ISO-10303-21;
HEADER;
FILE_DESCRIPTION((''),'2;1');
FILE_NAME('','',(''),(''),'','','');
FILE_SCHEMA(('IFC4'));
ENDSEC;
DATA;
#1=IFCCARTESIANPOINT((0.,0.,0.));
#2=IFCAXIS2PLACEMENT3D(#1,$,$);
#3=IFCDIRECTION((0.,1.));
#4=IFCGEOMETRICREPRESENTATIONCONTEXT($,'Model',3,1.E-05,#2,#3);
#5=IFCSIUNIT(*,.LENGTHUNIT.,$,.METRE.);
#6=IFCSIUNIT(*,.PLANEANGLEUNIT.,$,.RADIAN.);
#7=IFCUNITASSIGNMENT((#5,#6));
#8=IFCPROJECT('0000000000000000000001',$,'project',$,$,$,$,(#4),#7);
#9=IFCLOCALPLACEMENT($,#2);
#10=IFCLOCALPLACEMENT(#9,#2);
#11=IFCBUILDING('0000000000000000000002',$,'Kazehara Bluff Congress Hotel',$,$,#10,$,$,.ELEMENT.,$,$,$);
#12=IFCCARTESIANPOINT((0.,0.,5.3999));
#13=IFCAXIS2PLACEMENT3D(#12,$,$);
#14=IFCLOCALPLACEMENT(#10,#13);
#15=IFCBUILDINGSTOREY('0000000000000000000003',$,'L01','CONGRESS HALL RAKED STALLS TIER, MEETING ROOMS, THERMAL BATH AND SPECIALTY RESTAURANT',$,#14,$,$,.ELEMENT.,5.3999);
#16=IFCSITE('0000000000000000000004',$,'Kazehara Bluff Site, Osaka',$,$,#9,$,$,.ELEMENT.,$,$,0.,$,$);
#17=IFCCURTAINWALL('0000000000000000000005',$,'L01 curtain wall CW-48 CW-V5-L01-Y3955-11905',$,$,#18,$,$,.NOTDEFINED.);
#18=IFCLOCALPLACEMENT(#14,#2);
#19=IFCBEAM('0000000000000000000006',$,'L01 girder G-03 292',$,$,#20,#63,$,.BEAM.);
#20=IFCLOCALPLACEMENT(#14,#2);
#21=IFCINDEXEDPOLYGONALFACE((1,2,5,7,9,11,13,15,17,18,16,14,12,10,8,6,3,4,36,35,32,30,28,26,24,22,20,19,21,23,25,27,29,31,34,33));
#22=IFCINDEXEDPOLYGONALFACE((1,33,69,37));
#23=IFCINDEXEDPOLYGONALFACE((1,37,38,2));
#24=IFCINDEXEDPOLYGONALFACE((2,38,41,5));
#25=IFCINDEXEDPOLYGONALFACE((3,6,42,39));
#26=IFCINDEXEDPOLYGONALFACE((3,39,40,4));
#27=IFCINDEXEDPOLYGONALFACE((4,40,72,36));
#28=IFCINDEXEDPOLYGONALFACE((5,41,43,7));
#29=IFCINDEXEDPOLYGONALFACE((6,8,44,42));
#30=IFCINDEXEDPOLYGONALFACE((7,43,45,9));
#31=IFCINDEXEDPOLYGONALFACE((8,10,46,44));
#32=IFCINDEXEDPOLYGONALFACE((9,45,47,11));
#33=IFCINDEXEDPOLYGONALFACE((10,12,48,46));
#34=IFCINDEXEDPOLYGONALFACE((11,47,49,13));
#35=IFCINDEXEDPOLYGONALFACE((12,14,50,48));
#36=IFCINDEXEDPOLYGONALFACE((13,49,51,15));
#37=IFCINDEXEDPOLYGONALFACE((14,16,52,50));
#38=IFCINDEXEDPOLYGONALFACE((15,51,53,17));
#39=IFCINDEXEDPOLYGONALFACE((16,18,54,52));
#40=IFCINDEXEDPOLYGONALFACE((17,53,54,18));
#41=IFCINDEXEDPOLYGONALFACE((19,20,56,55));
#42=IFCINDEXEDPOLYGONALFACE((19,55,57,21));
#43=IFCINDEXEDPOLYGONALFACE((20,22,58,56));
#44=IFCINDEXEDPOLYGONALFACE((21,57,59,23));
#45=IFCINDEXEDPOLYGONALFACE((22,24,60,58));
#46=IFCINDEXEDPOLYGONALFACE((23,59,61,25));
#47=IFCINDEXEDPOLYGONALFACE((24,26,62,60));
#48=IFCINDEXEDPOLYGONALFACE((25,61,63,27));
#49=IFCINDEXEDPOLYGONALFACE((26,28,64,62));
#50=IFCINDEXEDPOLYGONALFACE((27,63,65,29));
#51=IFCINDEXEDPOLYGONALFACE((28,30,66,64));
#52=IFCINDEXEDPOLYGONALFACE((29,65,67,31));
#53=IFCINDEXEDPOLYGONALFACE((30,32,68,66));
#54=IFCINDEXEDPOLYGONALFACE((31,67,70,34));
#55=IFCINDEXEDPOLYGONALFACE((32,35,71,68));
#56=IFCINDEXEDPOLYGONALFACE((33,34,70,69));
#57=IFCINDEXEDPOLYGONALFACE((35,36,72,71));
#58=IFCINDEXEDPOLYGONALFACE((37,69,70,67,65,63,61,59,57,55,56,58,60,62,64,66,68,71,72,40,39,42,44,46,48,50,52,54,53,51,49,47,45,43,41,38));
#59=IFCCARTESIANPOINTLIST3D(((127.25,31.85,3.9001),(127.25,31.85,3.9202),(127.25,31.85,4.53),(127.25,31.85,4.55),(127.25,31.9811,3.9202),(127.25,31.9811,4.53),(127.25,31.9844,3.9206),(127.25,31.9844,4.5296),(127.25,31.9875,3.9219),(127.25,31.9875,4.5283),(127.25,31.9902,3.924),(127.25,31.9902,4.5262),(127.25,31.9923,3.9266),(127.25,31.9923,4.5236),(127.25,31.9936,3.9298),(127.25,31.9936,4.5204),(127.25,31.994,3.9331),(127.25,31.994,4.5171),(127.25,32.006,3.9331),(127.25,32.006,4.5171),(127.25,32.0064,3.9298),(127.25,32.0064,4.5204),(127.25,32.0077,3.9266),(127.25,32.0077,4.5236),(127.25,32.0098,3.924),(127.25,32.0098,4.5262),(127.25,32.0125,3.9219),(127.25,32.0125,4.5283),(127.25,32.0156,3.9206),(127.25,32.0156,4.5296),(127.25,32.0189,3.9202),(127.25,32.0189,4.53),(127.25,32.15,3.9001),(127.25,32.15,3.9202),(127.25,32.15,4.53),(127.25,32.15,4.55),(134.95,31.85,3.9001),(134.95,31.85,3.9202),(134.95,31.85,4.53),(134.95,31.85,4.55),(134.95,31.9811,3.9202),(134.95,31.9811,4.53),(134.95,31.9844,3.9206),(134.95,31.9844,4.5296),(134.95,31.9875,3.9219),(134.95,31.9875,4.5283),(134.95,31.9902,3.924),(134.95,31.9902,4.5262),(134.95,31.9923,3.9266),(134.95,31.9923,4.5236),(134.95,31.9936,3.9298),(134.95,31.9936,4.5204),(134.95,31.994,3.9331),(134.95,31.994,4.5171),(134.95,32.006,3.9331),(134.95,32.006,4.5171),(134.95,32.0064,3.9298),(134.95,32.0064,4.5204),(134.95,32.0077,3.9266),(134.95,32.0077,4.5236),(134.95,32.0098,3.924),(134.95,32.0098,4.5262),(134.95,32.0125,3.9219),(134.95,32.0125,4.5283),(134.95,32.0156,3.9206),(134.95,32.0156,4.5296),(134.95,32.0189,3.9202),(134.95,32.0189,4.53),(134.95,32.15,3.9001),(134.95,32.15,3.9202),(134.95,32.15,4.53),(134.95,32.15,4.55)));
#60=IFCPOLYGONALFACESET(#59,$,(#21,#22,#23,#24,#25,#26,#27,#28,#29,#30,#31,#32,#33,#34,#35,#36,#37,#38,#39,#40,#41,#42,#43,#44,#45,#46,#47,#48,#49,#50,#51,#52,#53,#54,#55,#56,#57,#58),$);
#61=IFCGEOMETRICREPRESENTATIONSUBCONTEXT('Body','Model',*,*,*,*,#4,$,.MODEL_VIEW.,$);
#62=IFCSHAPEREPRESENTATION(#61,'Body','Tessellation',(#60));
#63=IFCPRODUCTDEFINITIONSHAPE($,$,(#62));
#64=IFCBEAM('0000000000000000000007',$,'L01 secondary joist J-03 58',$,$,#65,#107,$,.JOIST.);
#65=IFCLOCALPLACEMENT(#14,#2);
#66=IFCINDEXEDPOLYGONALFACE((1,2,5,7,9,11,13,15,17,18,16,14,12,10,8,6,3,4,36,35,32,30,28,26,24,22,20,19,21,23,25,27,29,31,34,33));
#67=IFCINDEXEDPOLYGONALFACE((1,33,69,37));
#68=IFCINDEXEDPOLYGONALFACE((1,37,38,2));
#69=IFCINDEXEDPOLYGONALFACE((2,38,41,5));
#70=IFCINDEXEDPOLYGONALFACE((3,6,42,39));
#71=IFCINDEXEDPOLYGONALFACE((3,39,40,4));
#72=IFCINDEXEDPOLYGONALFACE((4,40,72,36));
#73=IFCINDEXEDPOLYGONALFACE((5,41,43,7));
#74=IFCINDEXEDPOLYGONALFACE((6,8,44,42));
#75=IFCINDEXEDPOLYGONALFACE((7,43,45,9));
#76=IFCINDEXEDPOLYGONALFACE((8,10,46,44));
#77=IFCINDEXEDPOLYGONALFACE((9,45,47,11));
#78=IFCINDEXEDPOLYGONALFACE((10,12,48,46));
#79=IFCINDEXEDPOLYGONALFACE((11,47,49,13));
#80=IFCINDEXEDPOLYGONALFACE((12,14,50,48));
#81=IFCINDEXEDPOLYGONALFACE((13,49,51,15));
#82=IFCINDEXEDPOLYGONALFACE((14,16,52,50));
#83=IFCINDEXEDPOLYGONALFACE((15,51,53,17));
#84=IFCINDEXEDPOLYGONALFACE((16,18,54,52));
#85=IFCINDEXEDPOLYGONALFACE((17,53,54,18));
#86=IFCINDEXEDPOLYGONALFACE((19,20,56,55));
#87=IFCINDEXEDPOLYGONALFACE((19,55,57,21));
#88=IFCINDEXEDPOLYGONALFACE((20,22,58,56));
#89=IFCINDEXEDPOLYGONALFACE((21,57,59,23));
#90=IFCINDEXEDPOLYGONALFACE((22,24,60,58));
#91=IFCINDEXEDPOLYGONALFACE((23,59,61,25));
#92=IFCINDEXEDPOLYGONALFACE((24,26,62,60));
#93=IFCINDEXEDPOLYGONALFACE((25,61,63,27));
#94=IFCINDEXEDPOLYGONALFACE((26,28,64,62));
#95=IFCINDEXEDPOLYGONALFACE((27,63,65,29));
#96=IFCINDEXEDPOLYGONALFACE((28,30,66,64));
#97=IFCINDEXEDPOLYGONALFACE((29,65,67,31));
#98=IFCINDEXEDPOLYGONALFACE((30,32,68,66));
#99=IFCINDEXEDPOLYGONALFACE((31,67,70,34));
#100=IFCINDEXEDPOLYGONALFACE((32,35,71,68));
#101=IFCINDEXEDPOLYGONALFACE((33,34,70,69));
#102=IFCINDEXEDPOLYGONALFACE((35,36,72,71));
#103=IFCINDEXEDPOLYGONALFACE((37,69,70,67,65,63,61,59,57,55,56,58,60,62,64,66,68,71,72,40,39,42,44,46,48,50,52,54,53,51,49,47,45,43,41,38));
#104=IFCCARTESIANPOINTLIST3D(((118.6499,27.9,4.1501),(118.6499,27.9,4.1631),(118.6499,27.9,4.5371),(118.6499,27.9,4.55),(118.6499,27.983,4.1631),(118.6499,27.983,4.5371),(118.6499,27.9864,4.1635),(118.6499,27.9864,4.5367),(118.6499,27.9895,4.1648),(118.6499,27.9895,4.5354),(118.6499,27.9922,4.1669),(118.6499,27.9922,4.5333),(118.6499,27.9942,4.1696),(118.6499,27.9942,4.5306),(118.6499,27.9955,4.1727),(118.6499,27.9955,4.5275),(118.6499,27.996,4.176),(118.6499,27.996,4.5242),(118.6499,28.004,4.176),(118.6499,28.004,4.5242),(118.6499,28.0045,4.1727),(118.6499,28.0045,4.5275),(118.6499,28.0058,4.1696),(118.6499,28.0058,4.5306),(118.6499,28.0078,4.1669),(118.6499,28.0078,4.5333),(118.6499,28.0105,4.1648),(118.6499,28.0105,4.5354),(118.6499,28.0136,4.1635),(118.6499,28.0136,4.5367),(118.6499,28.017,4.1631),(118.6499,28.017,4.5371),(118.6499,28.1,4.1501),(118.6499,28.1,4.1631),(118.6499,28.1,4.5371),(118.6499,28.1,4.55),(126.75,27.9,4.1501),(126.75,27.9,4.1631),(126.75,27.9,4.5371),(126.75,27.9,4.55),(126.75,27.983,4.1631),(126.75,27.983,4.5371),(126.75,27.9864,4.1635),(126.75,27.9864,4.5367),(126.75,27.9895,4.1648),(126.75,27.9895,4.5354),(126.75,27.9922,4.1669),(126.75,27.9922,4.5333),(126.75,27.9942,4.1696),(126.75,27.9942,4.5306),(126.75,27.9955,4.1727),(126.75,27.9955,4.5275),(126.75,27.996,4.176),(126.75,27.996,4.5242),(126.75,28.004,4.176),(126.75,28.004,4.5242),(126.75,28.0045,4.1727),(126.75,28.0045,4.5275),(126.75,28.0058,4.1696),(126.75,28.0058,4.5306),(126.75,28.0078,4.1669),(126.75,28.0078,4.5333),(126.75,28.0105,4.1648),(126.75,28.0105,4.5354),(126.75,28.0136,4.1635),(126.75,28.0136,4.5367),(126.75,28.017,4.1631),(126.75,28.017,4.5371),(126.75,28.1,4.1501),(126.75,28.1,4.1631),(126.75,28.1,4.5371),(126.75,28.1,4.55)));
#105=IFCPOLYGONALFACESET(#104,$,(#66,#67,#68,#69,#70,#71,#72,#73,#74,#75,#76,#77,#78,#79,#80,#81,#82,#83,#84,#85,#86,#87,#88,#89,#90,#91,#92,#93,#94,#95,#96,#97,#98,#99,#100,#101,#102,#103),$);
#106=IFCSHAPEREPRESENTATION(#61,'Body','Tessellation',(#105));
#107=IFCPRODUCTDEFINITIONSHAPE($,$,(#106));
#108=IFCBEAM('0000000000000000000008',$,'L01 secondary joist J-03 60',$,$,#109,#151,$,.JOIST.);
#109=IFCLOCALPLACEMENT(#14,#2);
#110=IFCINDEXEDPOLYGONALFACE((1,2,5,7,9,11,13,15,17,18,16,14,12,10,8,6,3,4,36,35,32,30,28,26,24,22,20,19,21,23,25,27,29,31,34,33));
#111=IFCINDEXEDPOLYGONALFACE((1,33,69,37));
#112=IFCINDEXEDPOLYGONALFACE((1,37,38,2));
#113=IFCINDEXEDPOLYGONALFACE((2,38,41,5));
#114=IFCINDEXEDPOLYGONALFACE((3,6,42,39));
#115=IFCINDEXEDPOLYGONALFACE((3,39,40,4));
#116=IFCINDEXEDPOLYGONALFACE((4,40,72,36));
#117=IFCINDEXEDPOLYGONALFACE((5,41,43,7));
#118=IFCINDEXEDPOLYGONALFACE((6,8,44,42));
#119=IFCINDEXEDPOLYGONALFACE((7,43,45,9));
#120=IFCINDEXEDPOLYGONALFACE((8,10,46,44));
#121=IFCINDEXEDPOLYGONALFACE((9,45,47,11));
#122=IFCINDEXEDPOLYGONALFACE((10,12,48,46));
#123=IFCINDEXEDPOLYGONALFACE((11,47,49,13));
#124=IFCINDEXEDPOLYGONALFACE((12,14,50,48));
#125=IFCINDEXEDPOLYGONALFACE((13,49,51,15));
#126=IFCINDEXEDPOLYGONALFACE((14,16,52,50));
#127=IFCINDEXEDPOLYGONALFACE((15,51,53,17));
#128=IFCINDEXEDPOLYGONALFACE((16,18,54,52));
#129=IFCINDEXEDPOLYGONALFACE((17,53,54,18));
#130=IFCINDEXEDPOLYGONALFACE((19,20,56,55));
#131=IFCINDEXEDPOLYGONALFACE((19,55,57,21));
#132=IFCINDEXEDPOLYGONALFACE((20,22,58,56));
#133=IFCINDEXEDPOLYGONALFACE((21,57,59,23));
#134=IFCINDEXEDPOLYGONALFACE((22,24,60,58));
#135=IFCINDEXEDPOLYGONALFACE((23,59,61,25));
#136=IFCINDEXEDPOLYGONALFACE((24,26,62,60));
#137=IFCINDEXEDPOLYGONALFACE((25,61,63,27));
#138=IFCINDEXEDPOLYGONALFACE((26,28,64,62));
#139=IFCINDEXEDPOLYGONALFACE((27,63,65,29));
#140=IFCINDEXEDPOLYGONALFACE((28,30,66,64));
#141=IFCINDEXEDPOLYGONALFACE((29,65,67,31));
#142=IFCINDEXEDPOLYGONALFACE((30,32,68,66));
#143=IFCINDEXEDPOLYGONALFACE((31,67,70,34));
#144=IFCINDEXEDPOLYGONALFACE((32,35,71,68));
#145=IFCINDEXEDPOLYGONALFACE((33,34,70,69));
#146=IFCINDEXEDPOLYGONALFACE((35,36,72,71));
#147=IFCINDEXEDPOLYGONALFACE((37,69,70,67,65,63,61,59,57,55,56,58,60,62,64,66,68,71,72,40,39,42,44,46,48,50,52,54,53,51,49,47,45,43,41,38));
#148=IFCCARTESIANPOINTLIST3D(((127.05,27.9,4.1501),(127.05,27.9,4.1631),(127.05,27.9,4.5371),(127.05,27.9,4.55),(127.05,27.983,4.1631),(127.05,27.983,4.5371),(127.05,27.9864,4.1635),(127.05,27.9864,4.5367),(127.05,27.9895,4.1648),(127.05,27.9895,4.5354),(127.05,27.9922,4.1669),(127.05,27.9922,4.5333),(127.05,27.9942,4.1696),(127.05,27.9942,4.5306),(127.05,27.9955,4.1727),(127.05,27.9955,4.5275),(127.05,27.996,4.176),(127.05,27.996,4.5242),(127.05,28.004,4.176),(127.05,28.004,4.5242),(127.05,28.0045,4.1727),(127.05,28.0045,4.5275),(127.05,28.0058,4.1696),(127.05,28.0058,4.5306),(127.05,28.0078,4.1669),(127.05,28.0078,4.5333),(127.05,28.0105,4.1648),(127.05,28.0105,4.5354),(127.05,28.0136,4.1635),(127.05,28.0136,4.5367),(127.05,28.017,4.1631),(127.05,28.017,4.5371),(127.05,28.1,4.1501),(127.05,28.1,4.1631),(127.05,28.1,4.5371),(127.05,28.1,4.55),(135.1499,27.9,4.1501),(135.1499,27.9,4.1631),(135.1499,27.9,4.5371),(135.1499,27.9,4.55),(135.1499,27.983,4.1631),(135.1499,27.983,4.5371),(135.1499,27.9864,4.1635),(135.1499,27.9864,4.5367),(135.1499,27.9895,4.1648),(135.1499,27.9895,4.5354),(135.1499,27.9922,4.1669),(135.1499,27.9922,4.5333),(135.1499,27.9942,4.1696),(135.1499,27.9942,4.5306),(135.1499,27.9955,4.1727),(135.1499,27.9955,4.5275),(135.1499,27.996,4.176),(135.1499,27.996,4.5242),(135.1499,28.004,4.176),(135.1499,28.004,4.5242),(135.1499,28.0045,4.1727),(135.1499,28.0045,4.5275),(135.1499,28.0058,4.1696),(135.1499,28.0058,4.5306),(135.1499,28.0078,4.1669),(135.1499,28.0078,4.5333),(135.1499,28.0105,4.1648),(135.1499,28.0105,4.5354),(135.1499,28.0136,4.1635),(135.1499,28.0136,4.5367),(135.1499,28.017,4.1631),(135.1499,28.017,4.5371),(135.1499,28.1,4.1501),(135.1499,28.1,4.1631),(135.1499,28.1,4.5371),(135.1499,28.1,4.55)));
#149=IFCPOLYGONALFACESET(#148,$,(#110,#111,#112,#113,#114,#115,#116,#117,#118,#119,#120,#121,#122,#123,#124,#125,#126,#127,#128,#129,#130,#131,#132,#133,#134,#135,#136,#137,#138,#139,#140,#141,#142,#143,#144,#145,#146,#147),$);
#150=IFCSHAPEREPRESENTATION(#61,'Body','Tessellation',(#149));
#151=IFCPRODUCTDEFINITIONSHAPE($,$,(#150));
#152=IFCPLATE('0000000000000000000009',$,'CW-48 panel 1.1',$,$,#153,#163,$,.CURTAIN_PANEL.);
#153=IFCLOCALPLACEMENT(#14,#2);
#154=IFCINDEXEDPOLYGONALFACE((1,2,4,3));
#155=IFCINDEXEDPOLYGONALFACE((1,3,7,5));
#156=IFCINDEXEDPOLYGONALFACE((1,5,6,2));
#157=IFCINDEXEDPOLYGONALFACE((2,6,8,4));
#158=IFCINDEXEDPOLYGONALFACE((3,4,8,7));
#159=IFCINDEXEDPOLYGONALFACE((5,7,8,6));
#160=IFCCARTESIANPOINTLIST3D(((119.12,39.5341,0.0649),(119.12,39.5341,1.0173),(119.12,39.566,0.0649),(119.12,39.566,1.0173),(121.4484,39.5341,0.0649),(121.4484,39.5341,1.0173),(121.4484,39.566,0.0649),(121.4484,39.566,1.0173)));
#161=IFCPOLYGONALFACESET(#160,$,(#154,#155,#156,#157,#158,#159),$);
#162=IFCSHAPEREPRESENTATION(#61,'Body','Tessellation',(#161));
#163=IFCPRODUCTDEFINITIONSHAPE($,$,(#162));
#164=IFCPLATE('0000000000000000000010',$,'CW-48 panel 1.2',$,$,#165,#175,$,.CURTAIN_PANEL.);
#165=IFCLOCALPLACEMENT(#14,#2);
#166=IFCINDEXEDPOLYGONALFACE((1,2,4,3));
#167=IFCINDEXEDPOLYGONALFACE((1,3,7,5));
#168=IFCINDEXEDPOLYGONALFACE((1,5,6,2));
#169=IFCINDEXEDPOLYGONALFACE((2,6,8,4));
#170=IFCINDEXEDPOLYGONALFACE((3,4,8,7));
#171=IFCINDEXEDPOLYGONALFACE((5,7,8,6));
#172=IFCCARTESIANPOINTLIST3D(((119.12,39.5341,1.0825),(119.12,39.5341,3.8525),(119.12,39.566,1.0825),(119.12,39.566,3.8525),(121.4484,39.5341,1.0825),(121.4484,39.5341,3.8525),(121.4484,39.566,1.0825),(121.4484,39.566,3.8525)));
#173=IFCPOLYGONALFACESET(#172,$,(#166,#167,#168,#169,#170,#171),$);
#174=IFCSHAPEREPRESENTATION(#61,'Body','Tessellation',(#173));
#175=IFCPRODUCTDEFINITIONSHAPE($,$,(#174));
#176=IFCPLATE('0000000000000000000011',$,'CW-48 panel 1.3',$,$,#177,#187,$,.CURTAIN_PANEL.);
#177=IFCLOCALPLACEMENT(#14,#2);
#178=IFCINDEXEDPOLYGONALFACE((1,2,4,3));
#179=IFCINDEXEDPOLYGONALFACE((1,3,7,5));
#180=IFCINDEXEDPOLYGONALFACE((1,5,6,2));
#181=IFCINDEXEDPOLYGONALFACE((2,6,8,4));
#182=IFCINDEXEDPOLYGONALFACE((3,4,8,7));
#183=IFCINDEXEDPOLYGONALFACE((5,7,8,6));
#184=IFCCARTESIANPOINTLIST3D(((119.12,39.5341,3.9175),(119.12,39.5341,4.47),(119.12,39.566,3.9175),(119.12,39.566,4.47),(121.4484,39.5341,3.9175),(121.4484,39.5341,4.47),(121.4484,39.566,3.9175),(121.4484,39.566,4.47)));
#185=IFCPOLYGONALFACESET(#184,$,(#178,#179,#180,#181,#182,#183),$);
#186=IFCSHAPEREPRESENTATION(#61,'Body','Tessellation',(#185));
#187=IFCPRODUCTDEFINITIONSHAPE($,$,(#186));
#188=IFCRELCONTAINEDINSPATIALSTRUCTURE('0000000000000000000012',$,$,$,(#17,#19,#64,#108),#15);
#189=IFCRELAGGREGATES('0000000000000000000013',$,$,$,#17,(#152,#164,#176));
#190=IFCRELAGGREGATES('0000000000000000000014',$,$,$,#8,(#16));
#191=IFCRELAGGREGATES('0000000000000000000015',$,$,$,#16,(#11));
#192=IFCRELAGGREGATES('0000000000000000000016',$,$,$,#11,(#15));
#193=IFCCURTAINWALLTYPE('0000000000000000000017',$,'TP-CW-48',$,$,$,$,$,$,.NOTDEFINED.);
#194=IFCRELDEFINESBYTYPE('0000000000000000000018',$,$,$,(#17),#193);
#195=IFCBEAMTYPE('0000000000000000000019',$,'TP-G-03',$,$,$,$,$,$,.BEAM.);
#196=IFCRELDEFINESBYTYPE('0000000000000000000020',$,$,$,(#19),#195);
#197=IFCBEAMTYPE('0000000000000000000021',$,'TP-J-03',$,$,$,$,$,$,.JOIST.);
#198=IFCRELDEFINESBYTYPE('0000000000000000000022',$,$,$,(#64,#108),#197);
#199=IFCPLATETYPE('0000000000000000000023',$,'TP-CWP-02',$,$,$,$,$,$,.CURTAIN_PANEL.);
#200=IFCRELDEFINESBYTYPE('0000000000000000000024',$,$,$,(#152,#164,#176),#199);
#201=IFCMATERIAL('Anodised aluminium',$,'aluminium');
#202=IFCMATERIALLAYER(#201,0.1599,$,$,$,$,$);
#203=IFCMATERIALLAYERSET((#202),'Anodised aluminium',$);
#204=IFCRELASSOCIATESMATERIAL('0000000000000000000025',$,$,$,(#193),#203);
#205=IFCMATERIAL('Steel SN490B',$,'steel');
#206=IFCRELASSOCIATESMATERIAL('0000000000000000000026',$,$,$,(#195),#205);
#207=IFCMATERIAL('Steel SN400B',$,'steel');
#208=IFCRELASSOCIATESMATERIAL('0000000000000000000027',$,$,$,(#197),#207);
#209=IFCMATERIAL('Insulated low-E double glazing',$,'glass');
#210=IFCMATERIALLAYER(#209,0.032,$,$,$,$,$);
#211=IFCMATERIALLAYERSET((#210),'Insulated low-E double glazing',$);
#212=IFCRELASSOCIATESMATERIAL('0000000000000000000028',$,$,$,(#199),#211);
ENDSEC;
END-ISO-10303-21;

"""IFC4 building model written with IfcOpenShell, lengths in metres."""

from ifc_helpers import new_model, si_unit, direction, frame, origin, origin_2d, place, context, subcontext, project, spatial, rectangle, i_section, extrude, material, layer, layer_set, material_profile, profile_set, type_object, element, aggregate, save


model = new_model("IFC4")

# Units and contexts
model_context = context("Model", 3, precision=1e-05, world=origin(), true_north=direction((0.0, 1.0)))
body_context = subcontext(model_context, "Body", "Model", "MODEL_VIEW")
ifc_project = project(units=[si_unit("LENGTHUNIT", "METRE"), si_unit("PLANEANGLEUNIT", "RADIAN")], contexts=[model_context])

# Site, building, storey
site_placement = place(None, origin())
site = spatial("IfcSite", under=ifc_project, at=site_placement, Name="Kazehara Bluff Site, Osaka", CompositionType="ELEMENT", RefElevation=0.0)
building_placement = place(site_placement, origin())
building = spatial("IfcBuilding", under=site, at=building_placement, Name="Kazehara Bluff Congress Hotel", CompositionType="ELEMENT")
storey_placement = place(building_placement, frame((0.0, 0.0, 5.3999)))
storey = spatial("IfcBuildingStorey", under=building, at=storey_placement, Name="L01", Description="CONGRESS HALL RAKED STALLS TIER, MEETING ROOMS, THERMAL BATH AND SPECIALTY RESTAURANT", CompositionType="ELEMENT", Elevation=5.3999)

# Curtain wall
ifc_material_1 = material(Name="Anodised aluminium", Category="aluminium")
ifc_layer_1 = layer(ifc_material_1, 0.1599)
ifc_layer_set_1 = layer_set([ifc_layer_1], Name="Anodised aluminium")
curtain_wall_type_1 = type_object("IfcCurtainWallType", Name="TP-CW-48", PredefinedType="NOTDEFINED", material=ifc_layer_set_1)
curtain_wall_1_placement = place(storey_placement, origin())
curtain_wall_1 = element("IfcCurtainWall", 1, at=curtain_wall_1_placement, inside=storey, type_object=curtain_wall_type_1, Name="L01 curtain wall CW-48 CW-V5-L01-Y3955-11905", PredefinedType="NOTDEFINED")

# Beams
ifc_material_2 = material(Name="Steel SN490B", Category="steel")
ifc_material_profile_1 = material_profile(ifc_material_2, i_section(OverallWidth=0.3, OverallDepth=0.6499, WebThickness=0.012, FlangeThickness=0.02, FilletRadius=0.0129, at=origin_2d()))
ifc_profile_set_1 = profile_set([ifc_material_profile_1], Name="Steel SN490B")
beam_type_1 = type_object("IfcBeamType", Name="TP-G-03", PredefinedType="BEAM", material=ifc_profile_set_1)
for number, where, z_axis, x_axis, name in (
    (2, (127.25, 32.0, 4.2251), (1.0, 0.0, 0.0), (0.0, 1.0, 0.0), "L01 girder G-03 292"),
):
    element("IfcBeam", number, at=place(storey_placement, frame(where, z_axis=z_axis, x_axis=x_axis)), inside=storey, type_object=beam_type_1, Name=name, PredefinedType="BEAM", context=body_context, shape_type="SweptSolid", body=[
        extrude(i_section(OverallWidth=0.3, OverallDepth=0.6499, WebThickness=0.012, FlangeThickness=0.02, FilletRadius=0.0129, at=origin_2d()), origin(), (0.0, 0.0, 1.0), 7.7),
    ])
ifc_material_3 = material(Name="Steel SN400B", Category="steel")
ifc_material_profile_2 = material_profile(ifc_material_3, i_section(OverallWidth=0.2, OverallDepth=0.3999, WebThickness=0.0081, FlangeThickness=0.0129, FilletRadius=0.0129, at=origin_2d()))
ifc_profile_set_2 = profile_set([ifc_material_profile_2], Name="Steel SN400B")
beam_type_2 = type_object("IfcBeamType", Name="TP-J-03", PredefinedType="JOIST", material=ifc_profile_set_2)
beam_1_placement = place(storey_placement, frame((118.6499, 28.0, 4.3501), z_axis=(1.0, 0.0, 0.0), x_axis=(0.0, 1.0, 0.0)))
element("IfcBeam", 3, at=beam_1_placement, inside=storey, type_object=beam_type_2, Name="L01 secondary joist J-03 58", PredefinedType="JOIST", context=body_context, shape_type="SweptSolid", body=[
    extrude(i_section(OverallWidth=0.2, OverallDepth=0.3999, WebThickness=0.0081, FlangeThickness=0.0129, FilletRadius=0.0129, at=origin_2d()), origin(), (0.0, 0.0, 1.0), 8.1001),
])
beam_2_placement = place(storey_placement, frame((127.05, 28.0, 4.3501), z_axis=(1.0, 0.0, 0.0), x_axis=(0.0, 1.0, 0.0)))
element("IfcBeam", 4, at=beam_2_placement, inside=storey, type_object=beam_type_2, Name="L01 secondary joist J-03 60", PredefinedType="JOIST", context=body_context, shape_type="SweptSolid", body=[
    extrude(i_section(OverallWidth=0.2, OverallDepth=0.3999, WebThickness=0.0081, FlangeThickness=0.0129, FilletRadius=0.0129, at=origin_2d()), origin(), (0.0, 0.0, 1.0), 8.0999),
])

# Plates
ifc_material_4 = material(Name="Insulated low-E double glazing", Category="glass")
ifc_layer_2 = layer(ifc_material_4, 0.032)
ifc_layer_set_2 = layer_set([ifc_layer_2], Name="Insulated low-E double glazing")
plate_type = type_object("IfcPlateType", Name="TP-CWP-02", PredefinedType="CURTAIN_PANEL", material=ifc_layer_set_2)
plate_1_placement = place(storey_placement, frame((120.2842, 39.55, 0.0649), z_axis=(0.0, 0.0, 1.0), x_axis=(1.0, 0.0, 0.0)))
plate_1 = element("IfcPlate", 5, at=plate_1_placement, type_object=plate_type, Name="CW-48 panel 1.1", PredefinedType="CURTAIN_PANEL", context=body_context, shape_type="SweptSolid", body=[
    extrude(rectangle(XDim=2.3284, YDim=0.032, at=origin_2d()), origin(), (0.0, 0.0, 1.0), 0.9524),
])
plate_2_placement = place(storey_placement, frame((120.2842, 39.55, 1.0825), z_axis=(0.0, 0.0, 1.0), x_axis=(1.0, 0.0, 0.0)))
plate_2 = element("IfcPlate", 6, at=plate_2_placement, type_object=plate_type, Name="CW-48 panel 1.2", PredefinedType="CURTAIN_PANEL", context=body_context, shape_type="SweptSolid", body=[
    extrude(rectangle(XDim=2.3284, YDim=0.032, at=origin_2d()), origin(), (0.0, 0.0, 1.0), 2.77),
])
plate_3_placement = place(storey_placement, frame((120.2842, 39.55, 3.9175), z_axis=(0.0, 0.0, 1.0), x_axis=(1.0, 0.0, 0.0)))
plate_3 = element("IfcPlate", 7, at=plate_3_placement, type_object=plate_type, Name="CW-48 panel 1.3", PredefinedType="CURTAIN_PANEL", context=body_context, shape_type="SweptSolid", body=[
    extrude(rectangle(XDim=2.3284, YDim=0.032, at=origin_2d()), origin(), (0.0, 0.0, 1.0), 0.5525),
])
aggregate(curtain_wall_1, [plate_1, plate_2, plate_3])

save(model, "model.ifc")
